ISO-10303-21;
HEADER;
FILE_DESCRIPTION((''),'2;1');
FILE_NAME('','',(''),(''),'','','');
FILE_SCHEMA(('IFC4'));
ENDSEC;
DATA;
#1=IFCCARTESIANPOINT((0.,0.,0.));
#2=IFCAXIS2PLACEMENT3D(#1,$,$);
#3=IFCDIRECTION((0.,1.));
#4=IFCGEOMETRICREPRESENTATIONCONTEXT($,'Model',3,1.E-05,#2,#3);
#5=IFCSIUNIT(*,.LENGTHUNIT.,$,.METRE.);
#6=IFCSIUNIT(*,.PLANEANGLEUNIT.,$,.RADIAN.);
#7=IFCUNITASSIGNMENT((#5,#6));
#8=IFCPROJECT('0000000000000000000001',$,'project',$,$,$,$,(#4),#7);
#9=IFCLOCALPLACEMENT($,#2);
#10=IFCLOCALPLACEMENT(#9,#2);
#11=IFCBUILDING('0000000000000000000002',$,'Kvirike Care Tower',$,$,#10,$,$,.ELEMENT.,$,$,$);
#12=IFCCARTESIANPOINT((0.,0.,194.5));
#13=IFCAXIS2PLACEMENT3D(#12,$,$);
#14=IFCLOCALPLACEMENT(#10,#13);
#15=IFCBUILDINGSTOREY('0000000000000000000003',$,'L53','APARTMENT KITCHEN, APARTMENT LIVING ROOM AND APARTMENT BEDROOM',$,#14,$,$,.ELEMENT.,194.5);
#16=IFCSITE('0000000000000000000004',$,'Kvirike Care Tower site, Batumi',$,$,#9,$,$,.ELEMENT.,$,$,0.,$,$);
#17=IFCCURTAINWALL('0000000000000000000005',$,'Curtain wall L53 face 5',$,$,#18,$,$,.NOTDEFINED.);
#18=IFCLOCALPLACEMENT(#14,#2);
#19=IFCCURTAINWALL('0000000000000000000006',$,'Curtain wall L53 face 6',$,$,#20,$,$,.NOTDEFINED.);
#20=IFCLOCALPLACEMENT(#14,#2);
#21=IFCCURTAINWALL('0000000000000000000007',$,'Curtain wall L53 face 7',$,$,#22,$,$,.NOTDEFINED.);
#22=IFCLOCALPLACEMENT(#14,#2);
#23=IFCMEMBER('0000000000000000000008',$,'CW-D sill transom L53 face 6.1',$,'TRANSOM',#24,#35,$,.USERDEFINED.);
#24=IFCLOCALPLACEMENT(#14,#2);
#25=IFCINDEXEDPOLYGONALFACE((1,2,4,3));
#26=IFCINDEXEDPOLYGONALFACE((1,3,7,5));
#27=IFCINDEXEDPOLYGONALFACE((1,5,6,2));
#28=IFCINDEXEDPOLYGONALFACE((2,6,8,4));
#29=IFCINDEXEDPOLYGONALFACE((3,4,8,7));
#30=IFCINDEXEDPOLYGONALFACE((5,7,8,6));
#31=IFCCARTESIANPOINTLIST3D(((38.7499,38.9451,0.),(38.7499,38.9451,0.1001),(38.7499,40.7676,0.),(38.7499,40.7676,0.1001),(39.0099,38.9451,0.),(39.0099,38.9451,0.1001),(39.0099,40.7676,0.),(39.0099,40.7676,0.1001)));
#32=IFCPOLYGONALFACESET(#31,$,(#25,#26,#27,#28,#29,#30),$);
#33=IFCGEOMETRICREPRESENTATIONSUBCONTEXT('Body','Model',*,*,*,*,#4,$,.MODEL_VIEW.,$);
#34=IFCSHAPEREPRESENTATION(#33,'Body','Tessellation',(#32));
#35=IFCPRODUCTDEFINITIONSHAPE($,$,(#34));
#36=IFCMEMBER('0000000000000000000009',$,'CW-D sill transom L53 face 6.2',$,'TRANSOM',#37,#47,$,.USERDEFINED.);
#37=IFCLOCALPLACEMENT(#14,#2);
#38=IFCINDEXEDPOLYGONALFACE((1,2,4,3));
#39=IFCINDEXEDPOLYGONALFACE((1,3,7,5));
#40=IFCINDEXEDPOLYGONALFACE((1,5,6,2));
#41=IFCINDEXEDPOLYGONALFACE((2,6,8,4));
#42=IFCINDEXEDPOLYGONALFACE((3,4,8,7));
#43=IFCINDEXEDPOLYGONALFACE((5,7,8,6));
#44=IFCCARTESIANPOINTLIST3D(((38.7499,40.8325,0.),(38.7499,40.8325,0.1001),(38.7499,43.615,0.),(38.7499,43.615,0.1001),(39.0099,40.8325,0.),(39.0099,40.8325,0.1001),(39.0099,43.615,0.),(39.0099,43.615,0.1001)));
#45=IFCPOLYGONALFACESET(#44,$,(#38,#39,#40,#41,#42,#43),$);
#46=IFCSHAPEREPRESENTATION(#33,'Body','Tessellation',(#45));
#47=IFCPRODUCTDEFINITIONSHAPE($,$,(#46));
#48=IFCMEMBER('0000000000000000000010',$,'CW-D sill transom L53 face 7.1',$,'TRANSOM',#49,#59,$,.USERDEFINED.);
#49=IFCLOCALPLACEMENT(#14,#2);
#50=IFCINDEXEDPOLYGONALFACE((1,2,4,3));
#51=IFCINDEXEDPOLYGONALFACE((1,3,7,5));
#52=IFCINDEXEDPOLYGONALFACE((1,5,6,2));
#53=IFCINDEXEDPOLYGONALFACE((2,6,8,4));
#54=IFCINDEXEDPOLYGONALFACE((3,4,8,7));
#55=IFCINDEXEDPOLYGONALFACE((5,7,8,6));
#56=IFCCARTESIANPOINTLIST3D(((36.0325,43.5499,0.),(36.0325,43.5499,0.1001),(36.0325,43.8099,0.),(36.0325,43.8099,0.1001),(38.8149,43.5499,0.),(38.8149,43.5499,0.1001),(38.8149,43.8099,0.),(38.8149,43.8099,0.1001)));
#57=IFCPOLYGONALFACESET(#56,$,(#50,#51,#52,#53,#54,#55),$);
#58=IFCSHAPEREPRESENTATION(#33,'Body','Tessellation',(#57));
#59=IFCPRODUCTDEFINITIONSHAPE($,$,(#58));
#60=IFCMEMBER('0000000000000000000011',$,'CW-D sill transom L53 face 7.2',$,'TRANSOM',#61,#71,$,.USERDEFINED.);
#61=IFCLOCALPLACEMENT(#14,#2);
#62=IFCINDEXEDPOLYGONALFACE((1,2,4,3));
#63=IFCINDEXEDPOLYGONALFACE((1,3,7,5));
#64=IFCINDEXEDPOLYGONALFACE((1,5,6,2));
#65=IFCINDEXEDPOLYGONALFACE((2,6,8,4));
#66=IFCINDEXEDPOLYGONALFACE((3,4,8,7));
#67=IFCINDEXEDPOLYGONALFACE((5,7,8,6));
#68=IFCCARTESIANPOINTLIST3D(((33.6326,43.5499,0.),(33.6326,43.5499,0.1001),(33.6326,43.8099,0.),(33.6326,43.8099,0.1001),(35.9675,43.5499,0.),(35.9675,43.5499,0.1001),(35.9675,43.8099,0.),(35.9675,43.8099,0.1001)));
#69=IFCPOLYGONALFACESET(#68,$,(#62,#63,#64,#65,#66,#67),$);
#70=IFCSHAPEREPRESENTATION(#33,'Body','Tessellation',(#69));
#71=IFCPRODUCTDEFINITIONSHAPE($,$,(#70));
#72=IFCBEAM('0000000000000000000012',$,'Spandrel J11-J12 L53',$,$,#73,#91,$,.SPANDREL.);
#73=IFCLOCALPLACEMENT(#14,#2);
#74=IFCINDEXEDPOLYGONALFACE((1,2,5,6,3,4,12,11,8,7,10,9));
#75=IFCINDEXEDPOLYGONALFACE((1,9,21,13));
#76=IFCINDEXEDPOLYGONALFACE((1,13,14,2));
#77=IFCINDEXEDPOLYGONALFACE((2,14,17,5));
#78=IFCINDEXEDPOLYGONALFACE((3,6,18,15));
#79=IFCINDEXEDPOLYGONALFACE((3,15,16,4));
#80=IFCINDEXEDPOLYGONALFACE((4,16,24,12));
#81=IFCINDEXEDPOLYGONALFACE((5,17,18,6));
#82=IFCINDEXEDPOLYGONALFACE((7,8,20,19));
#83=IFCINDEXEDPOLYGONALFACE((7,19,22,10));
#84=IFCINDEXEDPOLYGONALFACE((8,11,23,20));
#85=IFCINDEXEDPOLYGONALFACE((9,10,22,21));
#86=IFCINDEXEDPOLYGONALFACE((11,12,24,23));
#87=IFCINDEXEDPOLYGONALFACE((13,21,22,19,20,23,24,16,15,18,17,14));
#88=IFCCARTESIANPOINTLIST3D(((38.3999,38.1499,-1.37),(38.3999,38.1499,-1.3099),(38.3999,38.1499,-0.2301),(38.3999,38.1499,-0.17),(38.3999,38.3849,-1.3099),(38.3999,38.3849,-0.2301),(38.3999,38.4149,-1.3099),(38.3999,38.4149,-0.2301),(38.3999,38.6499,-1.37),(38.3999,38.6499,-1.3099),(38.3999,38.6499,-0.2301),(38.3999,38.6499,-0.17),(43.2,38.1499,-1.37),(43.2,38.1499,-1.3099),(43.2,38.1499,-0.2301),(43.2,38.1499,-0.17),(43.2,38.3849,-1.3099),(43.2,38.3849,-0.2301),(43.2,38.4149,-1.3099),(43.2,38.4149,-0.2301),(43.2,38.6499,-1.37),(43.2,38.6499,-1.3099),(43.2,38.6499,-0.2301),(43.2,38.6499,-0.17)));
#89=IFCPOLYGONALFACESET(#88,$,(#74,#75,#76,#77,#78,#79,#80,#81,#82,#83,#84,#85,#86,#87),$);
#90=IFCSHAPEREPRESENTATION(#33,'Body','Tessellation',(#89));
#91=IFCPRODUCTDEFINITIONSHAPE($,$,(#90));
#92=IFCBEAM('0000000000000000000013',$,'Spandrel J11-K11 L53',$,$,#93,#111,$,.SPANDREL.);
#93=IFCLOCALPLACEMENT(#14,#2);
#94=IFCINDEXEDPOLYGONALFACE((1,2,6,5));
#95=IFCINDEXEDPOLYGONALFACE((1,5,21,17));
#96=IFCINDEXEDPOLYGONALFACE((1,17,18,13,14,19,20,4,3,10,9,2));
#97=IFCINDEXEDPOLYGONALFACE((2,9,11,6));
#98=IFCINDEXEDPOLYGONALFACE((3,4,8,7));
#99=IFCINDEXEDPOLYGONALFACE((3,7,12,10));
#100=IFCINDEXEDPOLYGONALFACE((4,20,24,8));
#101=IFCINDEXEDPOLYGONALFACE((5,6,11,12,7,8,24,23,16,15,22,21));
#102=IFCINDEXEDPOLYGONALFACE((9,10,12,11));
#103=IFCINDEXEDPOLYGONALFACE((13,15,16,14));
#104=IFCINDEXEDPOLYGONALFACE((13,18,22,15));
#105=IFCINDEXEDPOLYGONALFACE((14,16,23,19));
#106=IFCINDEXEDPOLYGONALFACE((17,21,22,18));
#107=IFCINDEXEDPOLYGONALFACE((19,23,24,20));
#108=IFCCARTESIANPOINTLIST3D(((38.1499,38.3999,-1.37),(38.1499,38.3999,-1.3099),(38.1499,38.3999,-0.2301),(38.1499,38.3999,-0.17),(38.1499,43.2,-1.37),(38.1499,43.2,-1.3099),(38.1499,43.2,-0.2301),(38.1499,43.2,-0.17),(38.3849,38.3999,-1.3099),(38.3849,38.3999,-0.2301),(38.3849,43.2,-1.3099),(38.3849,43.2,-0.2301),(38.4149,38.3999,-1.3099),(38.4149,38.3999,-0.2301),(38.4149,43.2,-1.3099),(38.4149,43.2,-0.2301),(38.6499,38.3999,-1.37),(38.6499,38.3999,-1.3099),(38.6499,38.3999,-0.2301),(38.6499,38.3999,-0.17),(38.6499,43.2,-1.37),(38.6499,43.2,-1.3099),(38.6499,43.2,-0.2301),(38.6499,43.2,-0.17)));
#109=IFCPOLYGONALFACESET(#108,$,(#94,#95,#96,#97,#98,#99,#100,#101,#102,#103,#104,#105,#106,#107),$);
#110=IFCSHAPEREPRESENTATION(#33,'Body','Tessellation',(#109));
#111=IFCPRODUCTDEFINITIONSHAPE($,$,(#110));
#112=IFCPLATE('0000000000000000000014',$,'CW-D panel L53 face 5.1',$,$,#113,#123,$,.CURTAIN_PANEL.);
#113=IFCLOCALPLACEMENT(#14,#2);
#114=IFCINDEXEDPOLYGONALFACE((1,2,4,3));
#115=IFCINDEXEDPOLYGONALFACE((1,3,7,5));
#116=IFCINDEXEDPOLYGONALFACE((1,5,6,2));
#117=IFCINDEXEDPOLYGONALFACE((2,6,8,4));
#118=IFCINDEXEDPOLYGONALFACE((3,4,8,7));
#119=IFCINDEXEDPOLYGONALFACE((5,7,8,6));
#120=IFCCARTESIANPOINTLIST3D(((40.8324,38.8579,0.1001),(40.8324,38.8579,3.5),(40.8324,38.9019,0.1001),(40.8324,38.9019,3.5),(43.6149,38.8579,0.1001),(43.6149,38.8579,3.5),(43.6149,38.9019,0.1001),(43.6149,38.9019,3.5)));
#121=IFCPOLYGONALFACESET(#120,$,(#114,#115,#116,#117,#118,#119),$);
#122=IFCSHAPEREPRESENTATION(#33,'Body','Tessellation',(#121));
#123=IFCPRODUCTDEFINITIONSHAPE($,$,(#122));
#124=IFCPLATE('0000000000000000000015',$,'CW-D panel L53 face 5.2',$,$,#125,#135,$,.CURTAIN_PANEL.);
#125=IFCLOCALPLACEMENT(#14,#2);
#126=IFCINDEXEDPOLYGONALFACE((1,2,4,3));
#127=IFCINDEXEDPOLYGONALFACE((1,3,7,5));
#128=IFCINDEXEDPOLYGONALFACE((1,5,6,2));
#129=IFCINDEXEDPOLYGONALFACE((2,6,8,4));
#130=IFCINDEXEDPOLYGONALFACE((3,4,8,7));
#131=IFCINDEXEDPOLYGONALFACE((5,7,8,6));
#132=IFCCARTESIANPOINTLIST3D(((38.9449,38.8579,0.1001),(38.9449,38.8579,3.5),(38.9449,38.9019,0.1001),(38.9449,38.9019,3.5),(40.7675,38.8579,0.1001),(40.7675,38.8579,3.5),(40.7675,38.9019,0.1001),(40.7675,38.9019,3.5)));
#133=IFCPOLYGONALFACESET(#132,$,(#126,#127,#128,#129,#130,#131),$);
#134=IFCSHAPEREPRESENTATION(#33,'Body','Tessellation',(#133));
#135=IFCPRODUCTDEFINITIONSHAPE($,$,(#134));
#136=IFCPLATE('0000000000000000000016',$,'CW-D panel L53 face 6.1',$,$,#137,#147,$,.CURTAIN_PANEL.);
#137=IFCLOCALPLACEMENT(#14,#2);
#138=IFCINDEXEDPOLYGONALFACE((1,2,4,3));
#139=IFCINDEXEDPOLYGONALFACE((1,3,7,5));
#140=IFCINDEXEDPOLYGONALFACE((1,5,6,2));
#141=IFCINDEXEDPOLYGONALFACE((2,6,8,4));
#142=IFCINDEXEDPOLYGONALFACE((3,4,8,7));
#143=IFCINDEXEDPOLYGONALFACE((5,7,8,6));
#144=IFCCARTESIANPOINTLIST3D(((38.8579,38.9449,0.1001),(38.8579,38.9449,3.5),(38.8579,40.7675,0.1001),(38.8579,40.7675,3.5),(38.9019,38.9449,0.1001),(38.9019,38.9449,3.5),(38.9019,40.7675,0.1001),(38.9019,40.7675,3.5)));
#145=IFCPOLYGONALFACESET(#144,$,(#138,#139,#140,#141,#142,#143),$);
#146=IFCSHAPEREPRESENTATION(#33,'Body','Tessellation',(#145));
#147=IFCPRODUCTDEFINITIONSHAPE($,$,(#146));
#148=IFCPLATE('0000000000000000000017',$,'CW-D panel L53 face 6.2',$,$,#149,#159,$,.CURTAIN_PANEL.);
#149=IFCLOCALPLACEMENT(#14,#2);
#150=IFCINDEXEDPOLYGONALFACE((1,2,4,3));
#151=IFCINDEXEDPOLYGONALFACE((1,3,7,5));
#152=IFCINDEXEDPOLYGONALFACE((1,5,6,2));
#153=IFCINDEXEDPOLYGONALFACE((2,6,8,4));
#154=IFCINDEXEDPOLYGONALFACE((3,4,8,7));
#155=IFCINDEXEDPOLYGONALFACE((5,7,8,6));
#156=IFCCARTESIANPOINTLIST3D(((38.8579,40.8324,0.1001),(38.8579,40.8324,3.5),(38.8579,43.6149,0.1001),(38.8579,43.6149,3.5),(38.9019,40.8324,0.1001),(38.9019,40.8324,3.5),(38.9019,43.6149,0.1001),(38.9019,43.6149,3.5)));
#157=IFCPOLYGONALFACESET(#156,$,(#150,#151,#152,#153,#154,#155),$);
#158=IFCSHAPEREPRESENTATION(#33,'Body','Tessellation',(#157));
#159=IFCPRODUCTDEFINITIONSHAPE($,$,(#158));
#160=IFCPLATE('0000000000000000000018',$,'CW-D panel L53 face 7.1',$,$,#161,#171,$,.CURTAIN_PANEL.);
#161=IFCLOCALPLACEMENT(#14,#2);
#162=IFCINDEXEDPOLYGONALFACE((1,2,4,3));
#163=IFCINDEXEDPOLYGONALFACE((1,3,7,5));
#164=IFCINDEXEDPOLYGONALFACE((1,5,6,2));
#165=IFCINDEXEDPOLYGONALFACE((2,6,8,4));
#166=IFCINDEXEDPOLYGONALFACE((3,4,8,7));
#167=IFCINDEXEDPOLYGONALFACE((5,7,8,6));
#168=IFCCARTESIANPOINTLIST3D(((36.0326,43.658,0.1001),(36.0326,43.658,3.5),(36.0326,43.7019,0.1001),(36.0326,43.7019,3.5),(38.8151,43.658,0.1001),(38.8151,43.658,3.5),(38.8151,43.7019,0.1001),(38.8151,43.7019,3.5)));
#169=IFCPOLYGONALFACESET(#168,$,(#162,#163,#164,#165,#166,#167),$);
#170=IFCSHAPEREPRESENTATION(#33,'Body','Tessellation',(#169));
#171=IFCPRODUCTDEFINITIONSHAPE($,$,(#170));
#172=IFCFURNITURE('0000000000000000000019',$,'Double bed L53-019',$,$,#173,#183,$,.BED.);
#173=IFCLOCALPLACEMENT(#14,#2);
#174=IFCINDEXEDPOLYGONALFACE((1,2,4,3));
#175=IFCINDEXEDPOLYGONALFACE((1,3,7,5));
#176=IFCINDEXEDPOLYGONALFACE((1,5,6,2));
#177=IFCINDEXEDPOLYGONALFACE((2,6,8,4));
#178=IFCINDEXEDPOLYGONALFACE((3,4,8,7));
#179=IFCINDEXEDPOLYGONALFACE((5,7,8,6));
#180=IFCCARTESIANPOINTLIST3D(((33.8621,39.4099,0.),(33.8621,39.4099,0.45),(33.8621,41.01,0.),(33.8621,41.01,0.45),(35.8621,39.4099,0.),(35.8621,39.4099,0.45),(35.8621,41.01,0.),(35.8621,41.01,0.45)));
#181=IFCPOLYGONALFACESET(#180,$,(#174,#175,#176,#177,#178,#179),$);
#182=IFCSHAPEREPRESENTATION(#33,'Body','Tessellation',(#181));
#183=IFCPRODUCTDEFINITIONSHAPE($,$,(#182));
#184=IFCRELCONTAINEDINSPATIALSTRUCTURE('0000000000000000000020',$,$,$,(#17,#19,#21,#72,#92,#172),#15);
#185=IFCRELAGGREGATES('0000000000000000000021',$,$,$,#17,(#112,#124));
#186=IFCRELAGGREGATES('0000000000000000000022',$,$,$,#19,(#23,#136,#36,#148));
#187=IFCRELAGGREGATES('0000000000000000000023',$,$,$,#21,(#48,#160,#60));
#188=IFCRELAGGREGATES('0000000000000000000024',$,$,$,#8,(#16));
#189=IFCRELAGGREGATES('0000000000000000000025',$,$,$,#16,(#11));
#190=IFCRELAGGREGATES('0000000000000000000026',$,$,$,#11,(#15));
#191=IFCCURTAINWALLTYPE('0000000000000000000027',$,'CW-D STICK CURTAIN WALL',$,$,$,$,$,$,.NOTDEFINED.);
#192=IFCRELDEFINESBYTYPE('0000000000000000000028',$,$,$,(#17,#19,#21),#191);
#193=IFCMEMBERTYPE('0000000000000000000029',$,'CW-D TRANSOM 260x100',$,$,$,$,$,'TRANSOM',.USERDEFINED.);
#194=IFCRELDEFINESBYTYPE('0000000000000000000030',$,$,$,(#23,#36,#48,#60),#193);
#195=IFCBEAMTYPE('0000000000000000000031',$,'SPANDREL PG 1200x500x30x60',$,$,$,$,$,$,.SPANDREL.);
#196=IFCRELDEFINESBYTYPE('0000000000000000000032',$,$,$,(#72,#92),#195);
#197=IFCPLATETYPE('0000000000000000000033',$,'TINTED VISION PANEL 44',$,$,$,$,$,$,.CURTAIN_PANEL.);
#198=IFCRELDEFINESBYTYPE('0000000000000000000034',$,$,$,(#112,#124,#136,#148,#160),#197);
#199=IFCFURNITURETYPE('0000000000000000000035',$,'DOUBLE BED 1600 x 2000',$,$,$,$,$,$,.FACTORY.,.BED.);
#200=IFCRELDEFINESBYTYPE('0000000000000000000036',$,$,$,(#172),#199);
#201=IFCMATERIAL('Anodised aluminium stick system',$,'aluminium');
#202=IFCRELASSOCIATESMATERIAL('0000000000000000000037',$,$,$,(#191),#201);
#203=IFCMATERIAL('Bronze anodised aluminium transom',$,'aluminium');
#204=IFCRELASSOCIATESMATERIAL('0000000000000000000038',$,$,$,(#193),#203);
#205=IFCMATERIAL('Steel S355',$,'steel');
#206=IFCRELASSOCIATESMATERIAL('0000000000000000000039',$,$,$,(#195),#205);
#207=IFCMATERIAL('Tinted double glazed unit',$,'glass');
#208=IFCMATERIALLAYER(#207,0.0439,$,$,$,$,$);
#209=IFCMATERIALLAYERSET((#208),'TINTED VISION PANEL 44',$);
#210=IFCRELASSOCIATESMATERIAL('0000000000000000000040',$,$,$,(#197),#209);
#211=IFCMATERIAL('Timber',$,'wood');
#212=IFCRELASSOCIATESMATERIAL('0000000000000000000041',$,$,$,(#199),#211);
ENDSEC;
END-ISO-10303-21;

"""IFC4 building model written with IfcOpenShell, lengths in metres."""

from ifc_helpers import new_model, si_unit, direction, frame, origin, origin_2d, place, context, subcontext, project, spatial, rectangle, i_section, extrude, material, layer, layer_set, material_profile, profile_set, type_object, element, aggregate, save


model = new_model("IFC4")

# Units and contexts
model_context = context("Model", 3, precision=1e-05, world=origin(), true_north=direction((0.0, 1.0)))
body_context = subcontext(model_context, "Body", "Model", "MODEL_VIEW")
ifc_project = project(units=[si_unit("LENGTHUNIT", "METRE"), si_unit("PLANEANGLEUNIT", "RADIAN")], contexts=[model_context])

# Site, building, storey
site_placement = place(None, origin())
site = spatial("IfcSite", under=ifc_project, at=site_placement, Name="Kvirike Care Tower site, Batumi", CompositionType="ELEMENT", RefElevation=0.0)
building_placement = place(site_placement, origin())
building = spatial("IfcBuilding", under=site, at=building_placement, Name="Kvirike Care Tower", CompositionType="ELEMENT")
storey_placement = place(building_placement, frame((0.0, 0.0, 194.5)))
storey = spatial("IfcBuildingStorey", under=building, at=storey_placement, Name="L53", Description="APARTMENT KITCHEN, APARTMENT LIVING ROOM AND APARTMENT BEDROOM", CompositionType="ELEMENT", Elevation=194.5)

# Shared definitions
ifc_material_1 = material(Name="Anodised aluminium stick system", Category="aluminium")
curtain_wall_type = type_object("IfcCurtainWallType", Name="CW-D STICK CURTAIN WALL", PredefinedType="NOTDEFINED", material=ifc_material_1)

# Curtain walls
curtain_wall_1_placement = place(storey_placement, origin())
curtain_wall_1 = element("IfcCurtainWall", 1, at=curtain_wall_1_placement, inside=storey, type_object=curtain_wall_type, Name="Curtain wall L53 face 5", PredefinedType="NOTDEFINED")
curtain_wall_2_placement = place(storey_placement, origin())
curtain_wall_2 = element("IfcCurtainWall", 2, at=curtain_wall_2_placement, inside=storey, type_object=curtain_wall_type, Name="Curtain wall L53 face 6", PredefinedType="NOTDEFINED")
curtain_wall_3_placement = place(storey_placement, origin())
curtain_wall_3 = element("IfcCurtainWall", 3, at=curtain_wall_3_placement, inside=storey, type_object=curtain_wall_type, Name="Curtain wall L53 face 7", PredefinedType="NOTDEFINED")

# Members
ifc_material_2 = material(Name="Bronze anodised aluminium transom", Category="aluminium")
ifc_material_profile_1 = material_profile(ifc_material_2, rectangle(XDim=0.26, YDim=0.1001, at=origin_2d()), Name="CW-D TRANSOM 260x100")
ifc_profile_set_1 = profile_set([ifc_material_profile_1], Name="Bronze anodised aluminium transom")
member_type_1 = type_object("IfcMemberType", Name="CW-D TRANSOM 260x100", ElementType="TRANSOM", PredefinedType="USERDEFINED", material=ifc_profile_set_1)
member_1_placement = place(storey_placement, frame((38.8799, 38.9451, 0.05), z_axis=(0.0, 1.0, 0.0), x_axis=(-1.0, 0.0, 0.0)))
member_1 = element("IfcMember", 4, at=member_1_placement, type_object=member_type_1, Name="CW-D sill transom L53 face 6.1", ObjectType="TRANSOM", PredefinedType="USERDEFINED", context=body_context, shape_type="SweptSolid", body=[
    extrude(rectangle(XDim=0.26, YDim=0.1001, at=origin_2d()), origin(), (0.0, 0.0, 1.0), 1.8225),
])
member_2_placement = place(storey_placement, frame((38.8799, 40.8325, 0.05), z_axis=(0.0, 1.0, 0.0), x_axis=(-1.0, 0.0, 0.0)))
member_2 = element("IfcMember", 5, at=member_2_placement, type_object=member_type_1, Name="CW-D sill transom L53 face 6.2", ObjectType="TRANSOM", PredefinedType="USERDEFINED", context=body_context, shape_type="SweptSolid", body=[
    extrude(rectangle(XDim=0.26, YDim=0.1001, at=origin_2d()), origin(), (0.0, 0.0, 1.0), 2.7825),
])
member_3_placement = place(storey_placement, frame((38.8149, 43.6799, 0.05), z_axis=(-1.0, 0.0, 0.0), x_axis=(0.0, -1.0, 0.0)))
member_3 = element("IfcMember", 6, at=member_3_placement, type_object=member_type_1, Name="CW-D sill transom L53 face 7.1", ObjectType="TRANSOM", PredefinedType="USERDEFINED", context=body_context, shape_type="SweptSolid", body=[
    extrude(rectangle(XDim=0.26, YDim=0.1001, at=origin_2d()), origin(), (0.0, 0.0, 1.0), 2.7825),
])
member_4_placement = place(storey_placement, frame((35.9675, 43.6799, 0.05), z_axis=(-1.0, 0.0, 0.0), x_axis=(0.0, -1.0, 0.0)))
member_4 = element("IfcMember", 7, at=member_4_placement, type_object=member_type_1, Name="CW-D sill transom L53 face 7.2", ObjectType="TRANSOM", PredefinedType="USERDEFINED", context=body_context, shape_type="SweptSolid", body=[
    extrude(rectangle(XDim=0.26, YDim=0.1001, at=origin_2d()), origin(), (0.0, 0.0, 1.0), 2.335),
])

# Beams
ifc_material_3 = material(Name="Steel S355", Category="steel")
ifc_material_profile_2 = material_profile(ifc_material_3, i_section(OverallWidth=0.5, OverallDepth=1.2, WebThickness=0.03, FlangeThickness=0.0601, at=origin_2d()), Name="PG 1200x500x30x60")
ifc_profile_set_2 = profile_set([ifc_material_profile_2], Name="Steel S355")
beam_type = type_object("IfcBeamType", Name="SPANDREL PG 1200x500x30x60", PredefinedType="SPANDREL", material=ifc_profile_set_2)
for number, where, z_axis, x_axis, name in (
    (8, (38.3999, 38.3999, -0.77), (1.0, 0.0, 0.0), (0.0, 1.0, 0.0), "Spandrel J11-J12 L53"),
    (9, (38.3999, 38.3999, -0.77), (0.0, 1.0, 0.0), (-1.0, 0.0, 0.0), "Spandrel J11-K11 L53"),
):
    element("IfcBeam", number, at=place(storey_placement, frame(where, z_axis=z_axis, x_axis=x_axis)), inside=storey, type_object=beam_type, Name=name, PredefinedType="SPANDREL", context=body_context, shape_type="SweptSolid", body=[
        extrude(i_section(OverallWidth=0.5, OverallDepth=1.2, WebThickness=0.03, FlangeThickness=0.0601, at=origin_2d()), origin(), (0.0, 0.0, 1.0), 4.8),
    ])

# Plates
ifc_material_4 = material(Name="Tinted double glazed unit", Category="glass")
ifc_layer = layer(ifc_material_4, 0.0439)
ifc_layer_set = layer_set([ifc_layer], Name="TINTED VISION PANEL 44")
plate_type = type_object("IfcPlateType", Name="TINTED VISION PANEL 44", PredefinedType="CURTAIN_PANEL", material=ifc_layer_set)
plate_1_placement = place(storey_placement, frame((42.2236, 38.8799, 0.1001), z_axis=(0.0, 0.0, 1.0), x_axis=(-1.0, 0.0, 0.0)))
plate_1 = element("IfcPlate", 10, at=plate_1_placement, type_object=plate_type, Name="CW-D panel L53 face 5.1", PredefinedType="CURTAIN_PANEL", context=body_context, shape_type="SweptSolid", body=[
    extrude(rectangle(XDim=2.7825, YDim=0.0439, at=origin_2d()), origin(), (0.0, 0.0, 1.0), 3.3999),
])
plate_2_placement = place(storey_placement, frame((39.8562, 38.8799, 0.1001), z_axis=(0.0, 0.0, 1.0), x_axis=(-1.0, 0.0, 0.0)))
plate_2 = element("IfcPlate", 11, at=plate_2_placement, type_object=plate_type, Name="CW-D panel L53 face 5.2", PredefinedType="CURTAIN_PANEL", context=body_context, shape_type="SweptSolid", body=[
    extrude(rectangle(XDim=1.8225, YDim=0.0439, at=origin_2d()), origin(), (0.0, 0.0, 1.0), 3.3999),
])
aggregate(curtain_wall_1, [plate_1, plate_2])
plate_3_placement = place(storey_placement, frame((38.8799, 39.8562, 0.1001), z_axis=(0.0, 0.0, 1.0), x_axis=(0.0, 1.0, 0.0)))
plate_3 = element("IfcPlate", 12, at=plate_3_placement, type_object=plate_type, Name="CW-D panel L53 face 6.1", PredefinedType="CURTAIN_PANEL", context=body_context, shape_type="SweptSolid", body=[
    extrude(rectangle(XDim=1.8225, YDim=0.0439, at=origin_2d()), origin(), (0.0, 0.0, 1.0), 3.3999),
])
plate_4_placement = place(storey_placement, frame((38.8799, 42.2236, 0.1001), z_axis=(0.0, 0.0, 1.0), x_axis=(0.0, 1.0, 0.0)))
plate_4 = element("IfcPlate", 13, at=plate_4_placement, type_object=plate_type, Name="CW-D panel L53 face 6.2", PredefinedType="CURTAIN_PANEL", context=body_context, shape_type="SweptSolid", body=[
    extrude(rectangle(XDim=2.7825, YDim=0.0439, at=origin_2d()), origin(), (0.0, 0.0, 1.0), 3.3999),
])
aggregate(curtain_wall_2, [member_1, plate_3, member_2, plate_4])
plate_5_placement = place(storey_placement, frame((37.4238, 43.6799, 0.1001), z_axis=(0.0, 0.0, 1.0), x_axis=(-1.0, 0.0, 0.0)))
plate_5 = element("IfcPlate", 14, at=plate_5_placement, type_object=plate_type, Name="CW-D panel L53 face 7.1", PredefinedType="CURTAIN_PANEL", context=body_context, shape_type="SweptSolid", body=[
    extrude(rectangle(XDim=2.7825, YDim=0.0439, at=origin_2d()), origin(), (0.0, 0.0, 1.0), 3.3999),
])
aggregate(curtain_wall_3, [member_3, plate_5, member_4])

# Furniture
ifc_material_5 = material(Name="Timber", Category="wood")
furniture_type = type_object("IfcFurnitureType", Name="DOUBLE BED 1600 x 2000", AssemblyPlace="FACTORY", PredefinedType="BED", material=ifc_material_5)
furniture_placement = place(storey_placement, frame((34.8621, 40.21, 0.0), z_axis=(0.0, 0.0, 1.0), x_axis=(0.0, 1.0, 0.0)))
element("IfcFurniture", 15, at=furniture_placement, inside=storey, type_object=furniture_type, Name="Double bed L53-019", PredefinedType="BED", context=body_context, shape_type="SweptSolid", body=[
    extrude(rectangle(XDim=1.6001, YDim=2.0, at=origin_2d()), origin(), (0.0, 0.0, 1.0), 0.45),
])

save(model, "model.ifc")
